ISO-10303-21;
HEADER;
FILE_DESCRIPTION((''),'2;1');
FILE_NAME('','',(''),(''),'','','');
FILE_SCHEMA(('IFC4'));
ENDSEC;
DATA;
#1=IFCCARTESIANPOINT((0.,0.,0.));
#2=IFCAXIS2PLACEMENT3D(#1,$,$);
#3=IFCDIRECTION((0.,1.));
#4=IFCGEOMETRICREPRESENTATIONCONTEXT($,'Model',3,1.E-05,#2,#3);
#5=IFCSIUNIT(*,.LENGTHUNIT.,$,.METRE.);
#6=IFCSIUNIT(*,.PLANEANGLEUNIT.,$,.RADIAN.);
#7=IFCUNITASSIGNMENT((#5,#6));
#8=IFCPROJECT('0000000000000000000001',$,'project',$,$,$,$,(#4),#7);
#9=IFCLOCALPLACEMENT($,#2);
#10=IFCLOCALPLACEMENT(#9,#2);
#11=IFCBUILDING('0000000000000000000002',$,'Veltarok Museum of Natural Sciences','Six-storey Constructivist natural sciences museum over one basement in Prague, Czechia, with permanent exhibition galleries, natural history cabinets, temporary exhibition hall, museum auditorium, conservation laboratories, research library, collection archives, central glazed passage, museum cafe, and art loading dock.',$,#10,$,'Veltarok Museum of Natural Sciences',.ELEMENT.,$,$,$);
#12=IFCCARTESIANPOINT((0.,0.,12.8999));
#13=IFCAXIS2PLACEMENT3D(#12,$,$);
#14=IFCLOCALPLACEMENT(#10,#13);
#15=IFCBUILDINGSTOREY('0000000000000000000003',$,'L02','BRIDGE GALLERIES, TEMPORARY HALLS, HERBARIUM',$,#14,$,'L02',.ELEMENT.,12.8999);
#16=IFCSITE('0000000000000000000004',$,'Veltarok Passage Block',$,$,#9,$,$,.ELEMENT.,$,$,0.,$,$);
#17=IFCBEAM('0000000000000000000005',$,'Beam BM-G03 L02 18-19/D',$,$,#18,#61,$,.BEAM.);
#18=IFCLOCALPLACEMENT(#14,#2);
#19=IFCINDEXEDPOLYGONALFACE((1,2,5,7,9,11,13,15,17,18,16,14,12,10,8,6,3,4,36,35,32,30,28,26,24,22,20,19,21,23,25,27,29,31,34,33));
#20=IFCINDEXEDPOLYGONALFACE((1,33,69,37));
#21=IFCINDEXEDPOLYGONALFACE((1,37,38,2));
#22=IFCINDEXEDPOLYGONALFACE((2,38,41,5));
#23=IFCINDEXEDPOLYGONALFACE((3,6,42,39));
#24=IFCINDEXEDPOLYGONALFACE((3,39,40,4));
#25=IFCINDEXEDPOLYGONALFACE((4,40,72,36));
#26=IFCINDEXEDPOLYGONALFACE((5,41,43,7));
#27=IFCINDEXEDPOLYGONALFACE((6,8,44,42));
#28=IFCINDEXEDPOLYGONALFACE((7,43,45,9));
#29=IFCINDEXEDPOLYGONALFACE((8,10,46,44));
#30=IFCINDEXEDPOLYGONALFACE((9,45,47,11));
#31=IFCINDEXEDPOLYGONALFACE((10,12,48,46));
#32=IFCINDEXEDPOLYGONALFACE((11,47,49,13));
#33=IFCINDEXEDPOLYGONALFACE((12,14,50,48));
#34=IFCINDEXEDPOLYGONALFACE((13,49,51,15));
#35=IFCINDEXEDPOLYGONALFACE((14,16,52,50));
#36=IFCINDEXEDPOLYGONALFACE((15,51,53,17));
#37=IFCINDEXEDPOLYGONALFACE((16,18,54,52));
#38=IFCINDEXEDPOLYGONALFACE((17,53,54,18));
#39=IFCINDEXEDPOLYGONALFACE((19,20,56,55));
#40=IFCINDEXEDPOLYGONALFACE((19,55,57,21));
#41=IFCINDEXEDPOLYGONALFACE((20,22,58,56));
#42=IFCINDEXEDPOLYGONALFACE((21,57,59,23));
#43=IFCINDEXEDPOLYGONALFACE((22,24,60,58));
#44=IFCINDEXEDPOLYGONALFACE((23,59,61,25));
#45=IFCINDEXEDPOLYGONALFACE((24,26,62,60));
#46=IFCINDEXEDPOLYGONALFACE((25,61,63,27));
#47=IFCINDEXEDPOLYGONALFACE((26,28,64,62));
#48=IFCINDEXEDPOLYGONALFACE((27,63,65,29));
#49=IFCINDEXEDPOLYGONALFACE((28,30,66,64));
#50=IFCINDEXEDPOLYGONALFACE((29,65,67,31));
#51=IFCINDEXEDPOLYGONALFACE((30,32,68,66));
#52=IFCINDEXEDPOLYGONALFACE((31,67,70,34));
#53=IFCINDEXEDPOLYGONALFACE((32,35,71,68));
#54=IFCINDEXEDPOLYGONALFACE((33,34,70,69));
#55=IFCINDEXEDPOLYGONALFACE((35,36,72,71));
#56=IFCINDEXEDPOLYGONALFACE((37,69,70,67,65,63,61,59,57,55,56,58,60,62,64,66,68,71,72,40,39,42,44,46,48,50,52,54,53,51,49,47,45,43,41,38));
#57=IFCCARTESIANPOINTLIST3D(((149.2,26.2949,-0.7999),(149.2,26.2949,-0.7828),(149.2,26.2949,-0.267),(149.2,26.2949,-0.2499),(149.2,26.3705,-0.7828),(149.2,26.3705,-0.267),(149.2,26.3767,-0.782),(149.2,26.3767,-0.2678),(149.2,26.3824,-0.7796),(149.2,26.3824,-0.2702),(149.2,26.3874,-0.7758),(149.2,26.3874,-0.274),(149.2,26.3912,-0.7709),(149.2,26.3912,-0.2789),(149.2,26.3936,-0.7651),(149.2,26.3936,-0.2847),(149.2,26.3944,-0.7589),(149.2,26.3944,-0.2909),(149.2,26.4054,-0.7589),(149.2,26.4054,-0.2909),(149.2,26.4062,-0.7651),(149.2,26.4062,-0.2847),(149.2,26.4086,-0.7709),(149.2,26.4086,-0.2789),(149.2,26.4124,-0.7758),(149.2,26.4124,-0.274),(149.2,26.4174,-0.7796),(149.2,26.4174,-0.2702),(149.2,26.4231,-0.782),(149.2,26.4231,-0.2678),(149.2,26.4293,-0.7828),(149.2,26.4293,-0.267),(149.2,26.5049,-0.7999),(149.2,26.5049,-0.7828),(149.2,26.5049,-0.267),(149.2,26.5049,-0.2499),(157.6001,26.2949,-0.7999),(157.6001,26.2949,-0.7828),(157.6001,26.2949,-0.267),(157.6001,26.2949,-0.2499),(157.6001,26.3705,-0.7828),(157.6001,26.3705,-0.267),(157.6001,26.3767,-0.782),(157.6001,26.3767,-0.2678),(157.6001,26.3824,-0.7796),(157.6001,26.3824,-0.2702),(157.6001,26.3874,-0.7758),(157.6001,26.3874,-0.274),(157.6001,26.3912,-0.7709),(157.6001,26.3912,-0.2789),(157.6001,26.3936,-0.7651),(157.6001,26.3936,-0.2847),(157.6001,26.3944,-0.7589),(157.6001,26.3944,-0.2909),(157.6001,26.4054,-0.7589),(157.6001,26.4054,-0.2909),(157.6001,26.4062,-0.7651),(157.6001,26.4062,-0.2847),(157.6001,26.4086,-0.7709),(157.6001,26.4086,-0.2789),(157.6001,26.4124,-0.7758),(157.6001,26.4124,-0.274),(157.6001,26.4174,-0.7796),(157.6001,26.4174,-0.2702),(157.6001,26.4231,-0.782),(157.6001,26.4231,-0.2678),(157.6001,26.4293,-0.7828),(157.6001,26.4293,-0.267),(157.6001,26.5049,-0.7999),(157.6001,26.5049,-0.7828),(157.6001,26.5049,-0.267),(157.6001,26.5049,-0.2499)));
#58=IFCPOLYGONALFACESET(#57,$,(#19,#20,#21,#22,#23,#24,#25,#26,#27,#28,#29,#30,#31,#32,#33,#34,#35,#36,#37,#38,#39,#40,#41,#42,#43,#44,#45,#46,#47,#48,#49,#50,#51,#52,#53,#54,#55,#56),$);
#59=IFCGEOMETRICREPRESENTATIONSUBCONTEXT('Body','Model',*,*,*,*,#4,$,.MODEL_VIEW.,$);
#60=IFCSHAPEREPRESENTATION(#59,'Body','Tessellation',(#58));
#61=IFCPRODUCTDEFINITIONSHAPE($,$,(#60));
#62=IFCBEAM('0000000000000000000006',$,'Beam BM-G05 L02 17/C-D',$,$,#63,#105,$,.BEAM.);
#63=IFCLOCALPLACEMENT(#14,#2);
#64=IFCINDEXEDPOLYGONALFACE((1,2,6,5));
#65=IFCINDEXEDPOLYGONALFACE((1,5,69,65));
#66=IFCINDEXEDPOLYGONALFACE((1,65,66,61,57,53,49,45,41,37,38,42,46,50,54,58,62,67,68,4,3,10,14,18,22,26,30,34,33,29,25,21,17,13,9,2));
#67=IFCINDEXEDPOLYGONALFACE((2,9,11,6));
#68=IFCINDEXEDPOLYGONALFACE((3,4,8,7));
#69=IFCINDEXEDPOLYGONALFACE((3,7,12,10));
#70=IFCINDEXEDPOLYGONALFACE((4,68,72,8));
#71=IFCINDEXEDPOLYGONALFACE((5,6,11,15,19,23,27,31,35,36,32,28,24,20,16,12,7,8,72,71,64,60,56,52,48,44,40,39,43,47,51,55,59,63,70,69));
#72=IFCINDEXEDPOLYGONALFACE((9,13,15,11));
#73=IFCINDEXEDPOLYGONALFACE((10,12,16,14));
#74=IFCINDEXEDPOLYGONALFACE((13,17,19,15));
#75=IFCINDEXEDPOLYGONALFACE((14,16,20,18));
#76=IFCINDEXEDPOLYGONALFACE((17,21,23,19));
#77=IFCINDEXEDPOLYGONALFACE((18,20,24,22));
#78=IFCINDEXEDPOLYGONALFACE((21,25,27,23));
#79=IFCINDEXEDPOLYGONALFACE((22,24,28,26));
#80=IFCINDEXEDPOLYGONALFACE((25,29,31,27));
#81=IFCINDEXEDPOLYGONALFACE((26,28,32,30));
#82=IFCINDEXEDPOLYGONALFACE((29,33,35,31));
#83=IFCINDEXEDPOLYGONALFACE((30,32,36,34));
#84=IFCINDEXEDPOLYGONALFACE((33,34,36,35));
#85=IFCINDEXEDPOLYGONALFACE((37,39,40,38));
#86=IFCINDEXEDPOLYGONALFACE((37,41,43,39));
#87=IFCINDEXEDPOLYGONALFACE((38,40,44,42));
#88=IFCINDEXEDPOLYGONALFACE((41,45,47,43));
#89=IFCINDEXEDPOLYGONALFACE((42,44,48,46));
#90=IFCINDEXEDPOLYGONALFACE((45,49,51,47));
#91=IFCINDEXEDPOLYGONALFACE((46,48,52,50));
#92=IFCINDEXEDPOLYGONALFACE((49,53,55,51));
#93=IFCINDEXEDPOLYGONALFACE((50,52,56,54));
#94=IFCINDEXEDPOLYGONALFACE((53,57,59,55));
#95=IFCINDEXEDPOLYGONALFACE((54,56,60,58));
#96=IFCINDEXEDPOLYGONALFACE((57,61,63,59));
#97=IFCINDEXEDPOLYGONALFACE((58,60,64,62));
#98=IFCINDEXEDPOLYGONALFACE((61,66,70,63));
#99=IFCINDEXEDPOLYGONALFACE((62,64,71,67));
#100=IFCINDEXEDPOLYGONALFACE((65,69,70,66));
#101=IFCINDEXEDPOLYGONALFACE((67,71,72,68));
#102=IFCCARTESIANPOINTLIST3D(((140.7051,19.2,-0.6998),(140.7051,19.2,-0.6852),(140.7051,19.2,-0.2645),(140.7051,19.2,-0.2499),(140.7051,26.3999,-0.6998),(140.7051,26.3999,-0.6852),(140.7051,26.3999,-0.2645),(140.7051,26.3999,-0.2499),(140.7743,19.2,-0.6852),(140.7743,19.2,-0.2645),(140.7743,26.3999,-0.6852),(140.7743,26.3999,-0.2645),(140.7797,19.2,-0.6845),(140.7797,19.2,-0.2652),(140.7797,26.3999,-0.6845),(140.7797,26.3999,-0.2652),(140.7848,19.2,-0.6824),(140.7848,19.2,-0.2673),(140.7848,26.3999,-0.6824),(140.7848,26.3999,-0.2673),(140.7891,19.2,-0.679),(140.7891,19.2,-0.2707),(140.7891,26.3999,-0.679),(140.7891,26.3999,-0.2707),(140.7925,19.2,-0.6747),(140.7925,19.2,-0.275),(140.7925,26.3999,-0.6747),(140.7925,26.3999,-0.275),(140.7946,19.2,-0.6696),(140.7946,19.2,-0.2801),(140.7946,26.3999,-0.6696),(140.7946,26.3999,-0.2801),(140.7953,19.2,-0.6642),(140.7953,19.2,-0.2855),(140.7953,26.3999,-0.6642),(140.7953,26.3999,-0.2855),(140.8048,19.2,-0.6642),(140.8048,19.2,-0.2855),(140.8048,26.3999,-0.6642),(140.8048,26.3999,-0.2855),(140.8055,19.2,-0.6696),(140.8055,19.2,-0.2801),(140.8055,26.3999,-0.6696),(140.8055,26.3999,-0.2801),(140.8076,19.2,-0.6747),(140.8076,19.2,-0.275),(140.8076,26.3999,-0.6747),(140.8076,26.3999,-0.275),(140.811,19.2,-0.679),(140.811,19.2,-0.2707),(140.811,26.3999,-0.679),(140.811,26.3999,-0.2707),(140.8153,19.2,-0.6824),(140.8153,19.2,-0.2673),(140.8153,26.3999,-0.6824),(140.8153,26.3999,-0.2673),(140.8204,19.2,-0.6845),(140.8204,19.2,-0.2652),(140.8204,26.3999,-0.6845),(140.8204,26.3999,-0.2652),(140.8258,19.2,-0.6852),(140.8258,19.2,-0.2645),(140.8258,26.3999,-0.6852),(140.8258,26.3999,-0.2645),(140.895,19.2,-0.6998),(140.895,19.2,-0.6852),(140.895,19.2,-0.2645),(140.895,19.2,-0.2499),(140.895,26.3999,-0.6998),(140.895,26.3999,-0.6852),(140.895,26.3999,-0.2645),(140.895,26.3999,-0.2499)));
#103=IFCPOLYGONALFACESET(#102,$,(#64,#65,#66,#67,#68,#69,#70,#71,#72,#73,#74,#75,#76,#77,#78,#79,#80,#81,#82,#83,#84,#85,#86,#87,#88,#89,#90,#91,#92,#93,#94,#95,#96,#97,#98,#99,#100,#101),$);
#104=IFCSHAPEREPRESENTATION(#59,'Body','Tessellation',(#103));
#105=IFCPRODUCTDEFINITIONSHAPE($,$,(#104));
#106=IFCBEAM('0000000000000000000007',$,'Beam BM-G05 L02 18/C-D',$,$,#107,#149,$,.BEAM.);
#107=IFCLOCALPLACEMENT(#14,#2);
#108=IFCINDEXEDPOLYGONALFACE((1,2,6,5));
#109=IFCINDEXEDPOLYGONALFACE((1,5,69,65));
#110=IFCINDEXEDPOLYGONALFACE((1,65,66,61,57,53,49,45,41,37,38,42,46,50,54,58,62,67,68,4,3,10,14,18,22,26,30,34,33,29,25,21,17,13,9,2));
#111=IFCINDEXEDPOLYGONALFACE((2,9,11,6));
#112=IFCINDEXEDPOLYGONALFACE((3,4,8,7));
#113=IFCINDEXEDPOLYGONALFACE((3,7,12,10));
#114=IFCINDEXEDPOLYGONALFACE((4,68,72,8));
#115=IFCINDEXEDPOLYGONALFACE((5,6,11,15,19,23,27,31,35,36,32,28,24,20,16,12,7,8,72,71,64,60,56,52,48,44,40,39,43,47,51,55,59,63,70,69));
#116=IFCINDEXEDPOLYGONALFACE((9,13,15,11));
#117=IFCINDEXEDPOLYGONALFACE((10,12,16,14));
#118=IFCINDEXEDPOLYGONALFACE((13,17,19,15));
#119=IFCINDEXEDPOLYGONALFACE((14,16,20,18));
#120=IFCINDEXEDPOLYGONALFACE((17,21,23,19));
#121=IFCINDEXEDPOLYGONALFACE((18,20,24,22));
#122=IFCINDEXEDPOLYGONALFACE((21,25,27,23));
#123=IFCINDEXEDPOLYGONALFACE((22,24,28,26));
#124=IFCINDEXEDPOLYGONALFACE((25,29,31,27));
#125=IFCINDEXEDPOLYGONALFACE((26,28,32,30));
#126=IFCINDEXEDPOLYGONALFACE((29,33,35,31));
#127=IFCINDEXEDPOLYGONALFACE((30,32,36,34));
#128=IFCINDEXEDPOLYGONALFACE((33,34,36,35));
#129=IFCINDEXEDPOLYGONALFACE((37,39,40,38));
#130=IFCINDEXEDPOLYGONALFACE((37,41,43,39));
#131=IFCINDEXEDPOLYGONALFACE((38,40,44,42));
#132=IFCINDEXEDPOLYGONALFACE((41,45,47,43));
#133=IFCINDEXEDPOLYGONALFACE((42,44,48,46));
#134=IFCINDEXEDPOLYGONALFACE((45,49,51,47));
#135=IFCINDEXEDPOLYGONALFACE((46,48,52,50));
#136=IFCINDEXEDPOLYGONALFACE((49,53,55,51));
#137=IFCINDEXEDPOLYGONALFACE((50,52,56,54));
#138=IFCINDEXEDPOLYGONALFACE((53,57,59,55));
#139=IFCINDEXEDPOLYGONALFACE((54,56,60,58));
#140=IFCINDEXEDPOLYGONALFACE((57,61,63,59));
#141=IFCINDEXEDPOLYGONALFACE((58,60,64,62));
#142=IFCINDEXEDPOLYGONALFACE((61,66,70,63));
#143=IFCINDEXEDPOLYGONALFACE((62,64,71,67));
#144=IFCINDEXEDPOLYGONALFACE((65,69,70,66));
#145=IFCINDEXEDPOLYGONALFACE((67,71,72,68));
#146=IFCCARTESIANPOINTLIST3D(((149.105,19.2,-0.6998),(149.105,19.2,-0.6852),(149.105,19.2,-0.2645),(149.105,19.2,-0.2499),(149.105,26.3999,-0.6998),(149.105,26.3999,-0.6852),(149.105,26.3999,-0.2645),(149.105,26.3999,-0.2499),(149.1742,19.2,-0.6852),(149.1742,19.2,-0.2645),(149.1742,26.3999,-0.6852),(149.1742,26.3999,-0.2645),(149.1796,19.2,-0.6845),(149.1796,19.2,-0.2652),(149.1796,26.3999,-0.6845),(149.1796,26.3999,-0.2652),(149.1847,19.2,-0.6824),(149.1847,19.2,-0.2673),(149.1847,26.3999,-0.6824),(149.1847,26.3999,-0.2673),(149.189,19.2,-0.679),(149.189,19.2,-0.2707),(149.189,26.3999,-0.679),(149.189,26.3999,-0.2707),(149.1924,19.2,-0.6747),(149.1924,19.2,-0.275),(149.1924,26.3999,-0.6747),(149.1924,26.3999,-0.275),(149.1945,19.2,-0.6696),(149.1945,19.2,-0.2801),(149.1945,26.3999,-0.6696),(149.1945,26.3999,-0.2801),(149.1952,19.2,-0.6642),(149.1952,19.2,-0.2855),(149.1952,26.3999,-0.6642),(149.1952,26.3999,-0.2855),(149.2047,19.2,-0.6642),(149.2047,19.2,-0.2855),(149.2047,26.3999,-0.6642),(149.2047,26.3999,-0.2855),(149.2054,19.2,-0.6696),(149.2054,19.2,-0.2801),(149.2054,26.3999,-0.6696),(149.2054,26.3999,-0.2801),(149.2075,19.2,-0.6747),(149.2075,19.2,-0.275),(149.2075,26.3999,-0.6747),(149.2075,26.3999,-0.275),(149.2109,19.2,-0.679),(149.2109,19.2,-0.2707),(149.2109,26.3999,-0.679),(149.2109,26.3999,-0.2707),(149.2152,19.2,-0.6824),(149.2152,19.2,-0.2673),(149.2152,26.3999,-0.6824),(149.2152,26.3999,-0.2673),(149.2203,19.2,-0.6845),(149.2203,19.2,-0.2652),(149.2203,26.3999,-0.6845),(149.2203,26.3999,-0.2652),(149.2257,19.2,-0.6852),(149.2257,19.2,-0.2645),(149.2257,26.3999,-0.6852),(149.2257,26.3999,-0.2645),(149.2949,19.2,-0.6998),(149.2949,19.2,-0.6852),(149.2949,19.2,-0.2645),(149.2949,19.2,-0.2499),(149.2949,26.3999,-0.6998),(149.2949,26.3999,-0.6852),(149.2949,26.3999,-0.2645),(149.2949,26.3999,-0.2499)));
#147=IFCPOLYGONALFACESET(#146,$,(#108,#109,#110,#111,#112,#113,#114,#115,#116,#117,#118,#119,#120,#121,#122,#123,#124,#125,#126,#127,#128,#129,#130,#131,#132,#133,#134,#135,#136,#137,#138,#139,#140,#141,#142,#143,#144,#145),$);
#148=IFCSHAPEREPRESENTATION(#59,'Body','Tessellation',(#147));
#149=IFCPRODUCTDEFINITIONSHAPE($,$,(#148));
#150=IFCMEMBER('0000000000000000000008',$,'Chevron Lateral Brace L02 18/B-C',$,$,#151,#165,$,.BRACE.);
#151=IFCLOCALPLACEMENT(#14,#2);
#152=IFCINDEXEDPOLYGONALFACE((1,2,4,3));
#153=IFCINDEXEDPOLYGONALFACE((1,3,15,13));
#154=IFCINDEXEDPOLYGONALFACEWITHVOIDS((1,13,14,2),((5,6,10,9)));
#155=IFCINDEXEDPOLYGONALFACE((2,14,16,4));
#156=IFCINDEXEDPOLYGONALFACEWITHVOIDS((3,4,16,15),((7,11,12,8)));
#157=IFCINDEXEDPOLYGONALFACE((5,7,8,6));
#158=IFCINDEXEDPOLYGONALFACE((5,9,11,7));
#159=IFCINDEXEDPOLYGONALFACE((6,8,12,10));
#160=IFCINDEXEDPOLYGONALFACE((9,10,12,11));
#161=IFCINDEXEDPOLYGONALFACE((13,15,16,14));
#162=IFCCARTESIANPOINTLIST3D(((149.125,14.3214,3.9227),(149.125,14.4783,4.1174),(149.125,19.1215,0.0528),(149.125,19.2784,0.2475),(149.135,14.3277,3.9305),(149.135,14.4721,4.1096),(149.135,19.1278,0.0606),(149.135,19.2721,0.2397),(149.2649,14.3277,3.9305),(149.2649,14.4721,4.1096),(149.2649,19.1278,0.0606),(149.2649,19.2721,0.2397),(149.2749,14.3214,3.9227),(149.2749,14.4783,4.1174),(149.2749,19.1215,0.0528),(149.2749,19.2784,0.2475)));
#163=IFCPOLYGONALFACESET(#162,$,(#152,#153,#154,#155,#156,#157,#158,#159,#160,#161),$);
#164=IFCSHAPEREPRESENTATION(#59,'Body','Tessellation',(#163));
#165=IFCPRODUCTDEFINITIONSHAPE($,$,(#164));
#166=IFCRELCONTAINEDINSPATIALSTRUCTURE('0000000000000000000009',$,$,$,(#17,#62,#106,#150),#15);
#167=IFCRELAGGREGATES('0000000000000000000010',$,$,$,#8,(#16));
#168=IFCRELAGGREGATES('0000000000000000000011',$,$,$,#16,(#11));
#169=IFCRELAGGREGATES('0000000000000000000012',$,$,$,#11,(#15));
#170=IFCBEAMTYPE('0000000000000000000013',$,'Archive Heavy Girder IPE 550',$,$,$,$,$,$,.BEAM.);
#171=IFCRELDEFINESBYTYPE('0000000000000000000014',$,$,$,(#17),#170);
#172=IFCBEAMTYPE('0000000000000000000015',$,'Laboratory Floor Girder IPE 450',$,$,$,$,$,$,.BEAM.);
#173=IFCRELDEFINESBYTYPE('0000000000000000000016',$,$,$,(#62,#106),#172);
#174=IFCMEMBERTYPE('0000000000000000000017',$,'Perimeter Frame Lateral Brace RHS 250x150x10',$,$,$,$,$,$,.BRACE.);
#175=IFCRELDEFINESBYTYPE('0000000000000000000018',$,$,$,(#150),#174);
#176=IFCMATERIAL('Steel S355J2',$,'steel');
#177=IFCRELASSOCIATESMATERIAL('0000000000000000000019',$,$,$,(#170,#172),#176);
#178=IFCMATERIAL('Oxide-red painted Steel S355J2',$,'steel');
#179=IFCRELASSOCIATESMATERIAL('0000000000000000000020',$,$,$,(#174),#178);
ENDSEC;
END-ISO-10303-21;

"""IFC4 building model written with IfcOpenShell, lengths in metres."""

from ifc_helpers import new_model, si_unit, direction, frame, origin, origin_2d, place, context, subcontext, project, spatial, hollow_rectangle, i_section, extrude, material, material_profile, profile_set, type_object, element, save


model = new_model("IFC4")

# Units and contexts
model_context = context("Model", 3, precision=1e-05, world=origin(), true_north=direction((0.0, 1.0)))
body_context = subcontext(model_context, "Body", "Model", "MODEL_VIEW")
ifc_project = project(units=[si_unit("LENGTHUNIT", "METRE"), si_unit("PLANEANGLEUNIT", "RADIAN")], contexts=[model_context])

# Site, building, storey
site_placement = place(None, origin())
site = spatial("IfcSite", under=ifc_project, at=site_placement, Name="Veltarok Passage Block", CompositionType="ELEMENT", RefElevation=0.0)
building_placement = place(site_placement, origin())
building = spatial("IfcBuilding", under=site, at=building_placement, Name="Veltarok Museum of Natural Sciences", Description="Six-storey Constructivist natural sciences museum over one basement in Prague, Czechia, with permanent exhibition galleries, natural history cabinets, temporary exhibition hall, museum auditorium, conservation laboratories, research library, collection archives, central glazed passage, museum cafe, and art loading dock.", LongName="Veltarok Museum of Natural Sciences", CompositionType="ELEMENT")
storey_placement = place(building_placement, frame((0.0, 0.0, 12.8999)))
storey = spatial("IfcBuildingStorey", under=building, at=storey_placement, Name="L02", Description="BRIDGE GALLERIES, TEMPORARY HALLS, HERBARIUM", LongName="L02", CompositionType="ELEMENT", Elevation=12.8999)

# Beams
ifc_material_1 = material(Name="Steel S355J2", Category="steel")
ifc_material_profile_1 = material_profile(ifc_material_1, i_section(OverallWidth=0.21, OverallDepth=0.55, WebThickness=0.011, FlangeThickness=0.0171, FilletRadius=0.0239, at=origin_2d()), Name="IPE 550")
ifc_profile_set_1 = profile_set([ifc_material_profile_1], Name="Steel S355J2")
beam_type_1 = type_object("IfcBeamType", Name="Archive Heavy Girder IPE 550", PredefinedType="BEAM", material=ifc_profile_set_1)
beam_1_placement = place(storey_placement, frame((149.2, 26.3999, -0.5249), z_axis=(1.0, 0.0, 0.0), x_axis=(0.0, 1.0, 0.0)))
element("IfcBeam", 1, at=beam_1_placement, inside=storey, type_object=beam_type_1, Name="Beam BM-G03 L02 18-19/D", PredefinedType="BEAM", context=body_context, shape_type="SweptSolid", body=[
    extrude(i_section(OverallWidth=0.21, OverallDepth=0.55, WebThickness=0.011, FlangeThickness=0.0171, FilletRadius=0.0239, at=origin_2d()), origin(), (0.0, 0.0, 1.0), 8.4001),
])
ifc_material_profile_2 = material_profile(ifc_material_1, i_section(OverallWidth=0.1899, OverallDepth=0.45, WebThickness=0.0095, FlangeThickness=0.0146, FilletRadius=0.021, at=origin_2d()), Name="IPE 450")
ifc_profile_set_2 = profile_set([ifc_material_profile_2], Name="Steel S355J2")
beam_type_2 = type_object("IfcBeamType", Name="Laboratory Floor Girder IPE 450", PredefinedType="BEAM", material=ifc_profile_set_2)
for number, where, z_axis, x_axis, name in (
    (2, (140.8, 19.2, -0.4749), (0.0, 1.0, 0.0), (-1.0, 0.0, 0.0), "Beam BM-G05 L02 17/C-D"),
    (3, (149.2, 19.2, -0.4749), (0.0, 1.0, 0.0), (-1.0, 0.0, 0.0), "Beam BM-G05 L02 18/C-D"),
):
    element("IfcBeam", number, at=place(storey_placement, frame(where, z_axis=z_axis, x_axis=x_axis)), inside=storey, type_object=beam_type_2, Name=name, PredefinedType="BEAM", context=body_context, shape_type="SweptSolid", body=[
        extrude(i_section(OverallWidth=0.1899, OverallDepth=0.45, WebThickness=0.0095, FlangeThickness=0.0146, FilletRadius=0.021, at=origin_2d()), origin(), (0.0, 0.0, 1.0), 7.2),
    ])

# Member
ifc_material_2 = material(Name="Oxide-red painted Steel S355J2", Category="steel")
ifc_material_profile_3 = material_profile(ifc_material_2, hollow_rectangle(XDim=0.1499, YDim=0.25, WallThickness=0.01, at=origin_2d()), Name="RHS 250x150x10")
ifc_profile_set_3 = profile_set([ifc_material_profile_3], Name="Oxide-red painted Steel S355J2")
member_type = type_object("IfcMemberType", Name="Perimeter Frame Lateral Brace RHS 250x150x10", PredefinedType="BRACE", material=ifc_profile_set_3)
member_placement = place(storey_placement, frame((149.2, 19.2, 0.1501), z_axis=(0.0, -0.778503, 0.627641), x_axis=(1.0, 0.0, 0.0)))
element("IfcMember", 4, at=member_placement, inside=storey, type_object=member_type, Name="Chevron Lateral Brace L02 18/B-C", PredefinedType="BRACE", context=body_context, shape_type="SweptSolid", body=[
    extrude(hollow_rectangle(XDim=0.1499, YDim=0.25, WallThickness=0.01, at=origin_2d()), origin(), (0.0, 0.0, 1.0), 6.1658),
])

save(model, "model.ifc")
